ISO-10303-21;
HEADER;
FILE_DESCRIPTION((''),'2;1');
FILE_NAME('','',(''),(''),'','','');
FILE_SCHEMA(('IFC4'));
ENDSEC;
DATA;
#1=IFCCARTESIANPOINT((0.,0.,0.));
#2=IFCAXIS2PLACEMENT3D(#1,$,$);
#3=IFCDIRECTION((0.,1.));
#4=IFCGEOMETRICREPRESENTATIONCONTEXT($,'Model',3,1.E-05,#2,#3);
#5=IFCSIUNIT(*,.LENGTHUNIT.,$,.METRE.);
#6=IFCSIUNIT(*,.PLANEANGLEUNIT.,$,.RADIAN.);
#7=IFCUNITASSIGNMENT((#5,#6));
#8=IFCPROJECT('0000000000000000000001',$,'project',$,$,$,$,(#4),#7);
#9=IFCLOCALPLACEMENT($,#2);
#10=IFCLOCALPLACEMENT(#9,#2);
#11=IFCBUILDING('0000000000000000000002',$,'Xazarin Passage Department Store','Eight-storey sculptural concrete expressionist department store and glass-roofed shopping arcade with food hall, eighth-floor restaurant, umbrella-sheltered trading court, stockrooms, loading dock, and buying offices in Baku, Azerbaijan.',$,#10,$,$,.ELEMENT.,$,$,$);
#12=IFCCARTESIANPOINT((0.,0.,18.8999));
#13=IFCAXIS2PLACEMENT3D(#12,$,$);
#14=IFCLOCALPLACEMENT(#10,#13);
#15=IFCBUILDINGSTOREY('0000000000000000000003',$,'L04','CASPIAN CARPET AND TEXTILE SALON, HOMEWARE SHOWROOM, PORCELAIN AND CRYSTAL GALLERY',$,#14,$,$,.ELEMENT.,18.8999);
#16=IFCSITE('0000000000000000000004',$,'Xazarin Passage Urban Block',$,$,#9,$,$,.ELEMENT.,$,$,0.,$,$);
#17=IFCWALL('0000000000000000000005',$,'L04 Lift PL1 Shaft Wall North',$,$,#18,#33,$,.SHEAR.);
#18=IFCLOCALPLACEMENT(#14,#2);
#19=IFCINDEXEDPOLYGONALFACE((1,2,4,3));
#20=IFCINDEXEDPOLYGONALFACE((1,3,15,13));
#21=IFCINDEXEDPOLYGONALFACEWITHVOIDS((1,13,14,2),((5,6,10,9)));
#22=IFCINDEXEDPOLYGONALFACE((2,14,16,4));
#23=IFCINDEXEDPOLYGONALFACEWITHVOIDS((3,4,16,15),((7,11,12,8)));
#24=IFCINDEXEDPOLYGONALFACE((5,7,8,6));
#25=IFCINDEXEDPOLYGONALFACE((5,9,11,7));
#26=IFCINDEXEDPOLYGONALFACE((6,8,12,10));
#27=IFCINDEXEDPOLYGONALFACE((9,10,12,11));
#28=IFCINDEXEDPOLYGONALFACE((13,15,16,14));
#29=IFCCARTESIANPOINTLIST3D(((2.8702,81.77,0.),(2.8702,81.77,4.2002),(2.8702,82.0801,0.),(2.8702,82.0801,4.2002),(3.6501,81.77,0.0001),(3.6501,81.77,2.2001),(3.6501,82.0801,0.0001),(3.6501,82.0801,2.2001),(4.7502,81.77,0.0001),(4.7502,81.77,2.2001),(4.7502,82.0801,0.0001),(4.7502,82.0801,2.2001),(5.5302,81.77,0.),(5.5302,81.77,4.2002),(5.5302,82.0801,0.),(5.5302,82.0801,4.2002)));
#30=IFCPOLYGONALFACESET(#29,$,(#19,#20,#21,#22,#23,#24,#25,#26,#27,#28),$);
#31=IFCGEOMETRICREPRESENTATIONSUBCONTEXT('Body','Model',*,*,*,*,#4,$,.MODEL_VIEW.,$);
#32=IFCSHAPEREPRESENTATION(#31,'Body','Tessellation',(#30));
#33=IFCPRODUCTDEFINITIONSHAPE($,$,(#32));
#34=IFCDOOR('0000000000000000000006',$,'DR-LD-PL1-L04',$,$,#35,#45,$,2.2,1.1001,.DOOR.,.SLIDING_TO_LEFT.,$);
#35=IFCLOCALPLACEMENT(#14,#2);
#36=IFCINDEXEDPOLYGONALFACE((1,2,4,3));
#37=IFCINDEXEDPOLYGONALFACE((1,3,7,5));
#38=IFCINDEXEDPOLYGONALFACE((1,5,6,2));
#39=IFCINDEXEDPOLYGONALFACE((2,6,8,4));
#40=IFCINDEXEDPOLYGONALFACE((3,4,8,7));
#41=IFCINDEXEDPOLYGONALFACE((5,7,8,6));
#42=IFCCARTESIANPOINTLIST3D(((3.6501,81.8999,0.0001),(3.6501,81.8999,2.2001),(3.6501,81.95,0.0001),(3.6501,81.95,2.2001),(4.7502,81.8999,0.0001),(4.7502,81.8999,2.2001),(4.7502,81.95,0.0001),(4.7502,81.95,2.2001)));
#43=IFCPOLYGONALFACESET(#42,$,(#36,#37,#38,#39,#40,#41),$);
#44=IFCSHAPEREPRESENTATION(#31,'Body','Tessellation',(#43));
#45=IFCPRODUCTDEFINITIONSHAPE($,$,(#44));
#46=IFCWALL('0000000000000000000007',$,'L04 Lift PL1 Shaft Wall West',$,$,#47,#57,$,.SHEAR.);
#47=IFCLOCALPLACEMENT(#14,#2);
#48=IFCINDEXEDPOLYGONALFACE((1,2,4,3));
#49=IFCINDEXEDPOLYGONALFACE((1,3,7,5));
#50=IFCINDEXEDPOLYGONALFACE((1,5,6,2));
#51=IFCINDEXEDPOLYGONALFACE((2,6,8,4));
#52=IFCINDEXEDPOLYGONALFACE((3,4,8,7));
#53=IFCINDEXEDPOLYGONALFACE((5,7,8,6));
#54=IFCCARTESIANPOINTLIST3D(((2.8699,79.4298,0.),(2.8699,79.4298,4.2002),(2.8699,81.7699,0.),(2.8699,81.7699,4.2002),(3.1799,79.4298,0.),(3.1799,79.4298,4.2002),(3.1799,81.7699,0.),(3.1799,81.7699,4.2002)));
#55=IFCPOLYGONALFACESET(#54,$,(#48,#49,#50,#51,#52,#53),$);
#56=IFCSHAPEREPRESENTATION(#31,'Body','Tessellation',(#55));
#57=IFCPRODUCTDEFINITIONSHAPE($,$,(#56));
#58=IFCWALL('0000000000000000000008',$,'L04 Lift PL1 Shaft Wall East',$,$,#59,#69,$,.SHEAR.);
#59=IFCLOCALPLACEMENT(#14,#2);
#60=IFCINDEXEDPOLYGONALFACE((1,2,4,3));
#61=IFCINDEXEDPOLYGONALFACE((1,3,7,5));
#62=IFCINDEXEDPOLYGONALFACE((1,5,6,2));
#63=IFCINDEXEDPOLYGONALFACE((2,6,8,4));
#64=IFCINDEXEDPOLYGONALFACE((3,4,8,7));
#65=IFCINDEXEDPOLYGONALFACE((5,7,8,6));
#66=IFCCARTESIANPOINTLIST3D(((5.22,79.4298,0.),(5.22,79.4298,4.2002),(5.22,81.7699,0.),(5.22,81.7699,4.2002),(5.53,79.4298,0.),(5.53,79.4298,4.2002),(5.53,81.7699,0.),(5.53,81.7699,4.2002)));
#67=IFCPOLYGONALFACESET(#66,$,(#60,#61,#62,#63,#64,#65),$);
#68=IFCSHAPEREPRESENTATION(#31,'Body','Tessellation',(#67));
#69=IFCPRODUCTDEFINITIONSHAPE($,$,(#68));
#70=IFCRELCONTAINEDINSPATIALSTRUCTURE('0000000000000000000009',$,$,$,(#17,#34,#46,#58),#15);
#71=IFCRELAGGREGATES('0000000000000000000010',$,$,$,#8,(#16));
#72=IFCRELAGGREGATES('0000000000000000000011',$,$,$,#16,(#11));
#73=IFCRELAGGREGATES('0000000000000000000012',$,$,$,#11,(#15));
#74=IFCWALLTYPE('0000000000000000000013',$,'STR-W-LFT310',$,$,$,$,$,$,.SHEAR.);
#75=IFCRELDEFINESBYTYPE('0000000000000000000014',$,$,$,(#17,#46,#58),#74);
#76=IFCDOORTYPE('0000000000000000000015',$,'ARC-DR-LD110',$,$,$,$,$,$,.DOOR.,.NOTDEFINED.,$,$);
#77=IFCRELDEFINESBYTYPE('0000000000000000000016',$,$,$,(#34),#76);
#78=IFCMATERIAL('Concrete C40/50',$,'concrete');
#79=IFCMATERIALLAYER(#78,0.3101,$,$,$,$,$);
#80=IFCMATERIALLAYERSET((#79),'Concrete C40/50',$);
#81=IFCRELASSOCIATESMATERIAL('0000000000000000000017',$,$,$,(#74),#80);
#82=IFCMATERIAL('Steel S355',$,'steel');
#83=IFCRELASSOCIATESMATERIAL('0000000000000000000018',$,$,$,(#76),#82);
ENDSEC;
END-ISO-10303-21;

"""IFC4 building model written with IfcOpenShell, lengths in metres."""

from ifc_helpers import new_model, si_unit, direction, frame, frame_2d, origin, place, context, subcontext, project, spatial, rectangle, extrude, material, layer, layer_set, type_object, element, fill, save


model = new_model("IFC4")

# Units and contexts
model_context = context("Model", 3, precision=1e-05, world=origin(), true_north=direction((0.0, 1.0)))
body_context = subcontext(model_context, "Body", "Model", "MODEL_VIEW")
ifc_project = project(units=[si_unit("LENGTHUNIT", "METRE"), si_unit("PLANEANGLEUNIT", "RADIAN")], contexts=[model_context])

# Site, building, storey
site_placement = place(None, origin())
site = spatial("IfcSite", under=ifc_project, at=site_placement, Name="Xazarin Passage Urban Block", CompositionType="ELEMENT", RefElevation=0.0)
building_placement = place(site_placement, origin())
building = spatial("IfcBuilding", under=site, at=building_placement, Name="Xazarin Passage Department Store", Description="Eight-storey sculptural concrete expressionist department store and glass-roofed shopping arcade with food hall, eighth-floor restaurant, umbrella-sheltered trading court, stockrooms, loading dock, and buying offices in Baku, Azerbaijan.", CompositionType="ELEMENT")
storey_placement = place(building_placement, frame((0.0, 0.0, 18.8999)))
storey = spatial("IfcBuildingStorey", under=building, at=storey_placement, Name="L04", Description="CASPIAN CARPET AND TEXTILE SALON, HOMEWARE SHOWROOM, PORCELAIN AND CRYSTAL GALLERY", CompositionType="ELEMENT", Elevation=18.8999)

# Shared definitions
ifc_material_1 = material(Name="Concrete C40/50", Category="concrete")

# Shared definitions
ifc_layer_1 = layer(ifc_material_1, 0.3101)
ifc_layer_set_1 = layer_set([ifc_layer_1], Name="Concrete C40/50")
wall_type_1 = type_object("IfcWallType", Name="STR-W-LFT310", PredefinedType="SHEAR", material=ifc_layer_set_1)

# Wall, opening, door
wall_1_placement = place(storey_placement, frame((2.8701, 81.925, 0.0), z_axis=(0.0, 0.0, 1.0), x_axis=(1.0, 0.0, 0.0)))
wall_1 = element("IfcWall", 1, at=wall_1_placement, inside=storey, type_object=wall_type_1, Name="L04 Lift PL1 Shaft Wall North", PredefinedType="SHEAR", context=body_context, shape_type="SweptSolid", body=[
    extrude(rectangle(XDim=2.6599, YDim=0.3101, at=frame_2d((1.3301, 0.0))), origin(), (0.0, 0.0, 1.0), 4.2002),
])
opening_1_placement = place(wall_1_placement, frame((0.78, 0.0, 0.0)))
opening_1 = element("IfcOpeningElement", 2, at=opening_1_placement, cuts=wall_1, PredefinedType="OPENING", context=body_context, shape_type="SweptSolid", body=[
    extrude(rectangle(XDim=1.1001, YDim=2.2, at=frame_2d((0.55, 1.1001))), frame((0.0, 0.165, 0.0), z_axis=(0.0, -1.0, 0.0), x_axis=(1.0, 0.0, 0.0)), (0.0, 0.0, 1.0), 0.3301),
])
ifc_material_2 = material(Name="Steel S355", Category="steel")
door_type = type_object("IfcDoorType", Name="ARC-DR-LD110", OperationType="NOTDEFINED", PredefinedType="DOOR", material=ifc_material_2)
door_placement = place(opening_1_placement, origin())
door = element("IfcDoor", 3, at=door_placement, inside=storey, type_object=door_type, Name="DR-LD-PL1-L04", OperationType="SLIDING_TO_LEFT", OverallHeight=2.2, OverallWidth=1.1001, PredefinedType="DOOR", context=body_context, shape_type="SweptSolid", body=[
    extrude(rectangle(XDim=1.1001, YDim=2.2, at=frame_2d((0.55, 1.1001))), frame((0.0, 0.0249, 0.0), z_axis=(0.0, -1.0, 0.0), x_axis=(1.0, 0.0, 0.0)), (0.0, 0.0, 1.0), 0.05),
])
fill(opening_1, door)

# Walls
for number, where, z_axis, x_axis, name in (
    (4, (3.0249, 79.4299, 0.0), (0.0, 0.0, 1.0), (0.0, 1.0, 0.0), "L04 Lift PL1 Shaft Wall West"),
    (5, (5.375, 79.4299, 0.0), (0.0, 0.0, 1.0), (0.0, 1.0, 0.0), "L04 Lift PL1 Shaft Wall East"),
):
    element("IfcWall", number, at=place(storey_placement, frame(where, z_axis=z_axis, x_axis=x_axis)), inside=storey, type_object=wall_type_1, Name=name, PredefinedType="SHEAR", context=body_context, shape_type="SweptSolid", body=[
        extrude(rectangle(XDim=2.3401, YDim=0.3101, at=frame_2d((1.1699, 0.0))), origin(), (0.0, 0.0, 1.0), 4.2002),
    ])

save(model, "model.ifc")
